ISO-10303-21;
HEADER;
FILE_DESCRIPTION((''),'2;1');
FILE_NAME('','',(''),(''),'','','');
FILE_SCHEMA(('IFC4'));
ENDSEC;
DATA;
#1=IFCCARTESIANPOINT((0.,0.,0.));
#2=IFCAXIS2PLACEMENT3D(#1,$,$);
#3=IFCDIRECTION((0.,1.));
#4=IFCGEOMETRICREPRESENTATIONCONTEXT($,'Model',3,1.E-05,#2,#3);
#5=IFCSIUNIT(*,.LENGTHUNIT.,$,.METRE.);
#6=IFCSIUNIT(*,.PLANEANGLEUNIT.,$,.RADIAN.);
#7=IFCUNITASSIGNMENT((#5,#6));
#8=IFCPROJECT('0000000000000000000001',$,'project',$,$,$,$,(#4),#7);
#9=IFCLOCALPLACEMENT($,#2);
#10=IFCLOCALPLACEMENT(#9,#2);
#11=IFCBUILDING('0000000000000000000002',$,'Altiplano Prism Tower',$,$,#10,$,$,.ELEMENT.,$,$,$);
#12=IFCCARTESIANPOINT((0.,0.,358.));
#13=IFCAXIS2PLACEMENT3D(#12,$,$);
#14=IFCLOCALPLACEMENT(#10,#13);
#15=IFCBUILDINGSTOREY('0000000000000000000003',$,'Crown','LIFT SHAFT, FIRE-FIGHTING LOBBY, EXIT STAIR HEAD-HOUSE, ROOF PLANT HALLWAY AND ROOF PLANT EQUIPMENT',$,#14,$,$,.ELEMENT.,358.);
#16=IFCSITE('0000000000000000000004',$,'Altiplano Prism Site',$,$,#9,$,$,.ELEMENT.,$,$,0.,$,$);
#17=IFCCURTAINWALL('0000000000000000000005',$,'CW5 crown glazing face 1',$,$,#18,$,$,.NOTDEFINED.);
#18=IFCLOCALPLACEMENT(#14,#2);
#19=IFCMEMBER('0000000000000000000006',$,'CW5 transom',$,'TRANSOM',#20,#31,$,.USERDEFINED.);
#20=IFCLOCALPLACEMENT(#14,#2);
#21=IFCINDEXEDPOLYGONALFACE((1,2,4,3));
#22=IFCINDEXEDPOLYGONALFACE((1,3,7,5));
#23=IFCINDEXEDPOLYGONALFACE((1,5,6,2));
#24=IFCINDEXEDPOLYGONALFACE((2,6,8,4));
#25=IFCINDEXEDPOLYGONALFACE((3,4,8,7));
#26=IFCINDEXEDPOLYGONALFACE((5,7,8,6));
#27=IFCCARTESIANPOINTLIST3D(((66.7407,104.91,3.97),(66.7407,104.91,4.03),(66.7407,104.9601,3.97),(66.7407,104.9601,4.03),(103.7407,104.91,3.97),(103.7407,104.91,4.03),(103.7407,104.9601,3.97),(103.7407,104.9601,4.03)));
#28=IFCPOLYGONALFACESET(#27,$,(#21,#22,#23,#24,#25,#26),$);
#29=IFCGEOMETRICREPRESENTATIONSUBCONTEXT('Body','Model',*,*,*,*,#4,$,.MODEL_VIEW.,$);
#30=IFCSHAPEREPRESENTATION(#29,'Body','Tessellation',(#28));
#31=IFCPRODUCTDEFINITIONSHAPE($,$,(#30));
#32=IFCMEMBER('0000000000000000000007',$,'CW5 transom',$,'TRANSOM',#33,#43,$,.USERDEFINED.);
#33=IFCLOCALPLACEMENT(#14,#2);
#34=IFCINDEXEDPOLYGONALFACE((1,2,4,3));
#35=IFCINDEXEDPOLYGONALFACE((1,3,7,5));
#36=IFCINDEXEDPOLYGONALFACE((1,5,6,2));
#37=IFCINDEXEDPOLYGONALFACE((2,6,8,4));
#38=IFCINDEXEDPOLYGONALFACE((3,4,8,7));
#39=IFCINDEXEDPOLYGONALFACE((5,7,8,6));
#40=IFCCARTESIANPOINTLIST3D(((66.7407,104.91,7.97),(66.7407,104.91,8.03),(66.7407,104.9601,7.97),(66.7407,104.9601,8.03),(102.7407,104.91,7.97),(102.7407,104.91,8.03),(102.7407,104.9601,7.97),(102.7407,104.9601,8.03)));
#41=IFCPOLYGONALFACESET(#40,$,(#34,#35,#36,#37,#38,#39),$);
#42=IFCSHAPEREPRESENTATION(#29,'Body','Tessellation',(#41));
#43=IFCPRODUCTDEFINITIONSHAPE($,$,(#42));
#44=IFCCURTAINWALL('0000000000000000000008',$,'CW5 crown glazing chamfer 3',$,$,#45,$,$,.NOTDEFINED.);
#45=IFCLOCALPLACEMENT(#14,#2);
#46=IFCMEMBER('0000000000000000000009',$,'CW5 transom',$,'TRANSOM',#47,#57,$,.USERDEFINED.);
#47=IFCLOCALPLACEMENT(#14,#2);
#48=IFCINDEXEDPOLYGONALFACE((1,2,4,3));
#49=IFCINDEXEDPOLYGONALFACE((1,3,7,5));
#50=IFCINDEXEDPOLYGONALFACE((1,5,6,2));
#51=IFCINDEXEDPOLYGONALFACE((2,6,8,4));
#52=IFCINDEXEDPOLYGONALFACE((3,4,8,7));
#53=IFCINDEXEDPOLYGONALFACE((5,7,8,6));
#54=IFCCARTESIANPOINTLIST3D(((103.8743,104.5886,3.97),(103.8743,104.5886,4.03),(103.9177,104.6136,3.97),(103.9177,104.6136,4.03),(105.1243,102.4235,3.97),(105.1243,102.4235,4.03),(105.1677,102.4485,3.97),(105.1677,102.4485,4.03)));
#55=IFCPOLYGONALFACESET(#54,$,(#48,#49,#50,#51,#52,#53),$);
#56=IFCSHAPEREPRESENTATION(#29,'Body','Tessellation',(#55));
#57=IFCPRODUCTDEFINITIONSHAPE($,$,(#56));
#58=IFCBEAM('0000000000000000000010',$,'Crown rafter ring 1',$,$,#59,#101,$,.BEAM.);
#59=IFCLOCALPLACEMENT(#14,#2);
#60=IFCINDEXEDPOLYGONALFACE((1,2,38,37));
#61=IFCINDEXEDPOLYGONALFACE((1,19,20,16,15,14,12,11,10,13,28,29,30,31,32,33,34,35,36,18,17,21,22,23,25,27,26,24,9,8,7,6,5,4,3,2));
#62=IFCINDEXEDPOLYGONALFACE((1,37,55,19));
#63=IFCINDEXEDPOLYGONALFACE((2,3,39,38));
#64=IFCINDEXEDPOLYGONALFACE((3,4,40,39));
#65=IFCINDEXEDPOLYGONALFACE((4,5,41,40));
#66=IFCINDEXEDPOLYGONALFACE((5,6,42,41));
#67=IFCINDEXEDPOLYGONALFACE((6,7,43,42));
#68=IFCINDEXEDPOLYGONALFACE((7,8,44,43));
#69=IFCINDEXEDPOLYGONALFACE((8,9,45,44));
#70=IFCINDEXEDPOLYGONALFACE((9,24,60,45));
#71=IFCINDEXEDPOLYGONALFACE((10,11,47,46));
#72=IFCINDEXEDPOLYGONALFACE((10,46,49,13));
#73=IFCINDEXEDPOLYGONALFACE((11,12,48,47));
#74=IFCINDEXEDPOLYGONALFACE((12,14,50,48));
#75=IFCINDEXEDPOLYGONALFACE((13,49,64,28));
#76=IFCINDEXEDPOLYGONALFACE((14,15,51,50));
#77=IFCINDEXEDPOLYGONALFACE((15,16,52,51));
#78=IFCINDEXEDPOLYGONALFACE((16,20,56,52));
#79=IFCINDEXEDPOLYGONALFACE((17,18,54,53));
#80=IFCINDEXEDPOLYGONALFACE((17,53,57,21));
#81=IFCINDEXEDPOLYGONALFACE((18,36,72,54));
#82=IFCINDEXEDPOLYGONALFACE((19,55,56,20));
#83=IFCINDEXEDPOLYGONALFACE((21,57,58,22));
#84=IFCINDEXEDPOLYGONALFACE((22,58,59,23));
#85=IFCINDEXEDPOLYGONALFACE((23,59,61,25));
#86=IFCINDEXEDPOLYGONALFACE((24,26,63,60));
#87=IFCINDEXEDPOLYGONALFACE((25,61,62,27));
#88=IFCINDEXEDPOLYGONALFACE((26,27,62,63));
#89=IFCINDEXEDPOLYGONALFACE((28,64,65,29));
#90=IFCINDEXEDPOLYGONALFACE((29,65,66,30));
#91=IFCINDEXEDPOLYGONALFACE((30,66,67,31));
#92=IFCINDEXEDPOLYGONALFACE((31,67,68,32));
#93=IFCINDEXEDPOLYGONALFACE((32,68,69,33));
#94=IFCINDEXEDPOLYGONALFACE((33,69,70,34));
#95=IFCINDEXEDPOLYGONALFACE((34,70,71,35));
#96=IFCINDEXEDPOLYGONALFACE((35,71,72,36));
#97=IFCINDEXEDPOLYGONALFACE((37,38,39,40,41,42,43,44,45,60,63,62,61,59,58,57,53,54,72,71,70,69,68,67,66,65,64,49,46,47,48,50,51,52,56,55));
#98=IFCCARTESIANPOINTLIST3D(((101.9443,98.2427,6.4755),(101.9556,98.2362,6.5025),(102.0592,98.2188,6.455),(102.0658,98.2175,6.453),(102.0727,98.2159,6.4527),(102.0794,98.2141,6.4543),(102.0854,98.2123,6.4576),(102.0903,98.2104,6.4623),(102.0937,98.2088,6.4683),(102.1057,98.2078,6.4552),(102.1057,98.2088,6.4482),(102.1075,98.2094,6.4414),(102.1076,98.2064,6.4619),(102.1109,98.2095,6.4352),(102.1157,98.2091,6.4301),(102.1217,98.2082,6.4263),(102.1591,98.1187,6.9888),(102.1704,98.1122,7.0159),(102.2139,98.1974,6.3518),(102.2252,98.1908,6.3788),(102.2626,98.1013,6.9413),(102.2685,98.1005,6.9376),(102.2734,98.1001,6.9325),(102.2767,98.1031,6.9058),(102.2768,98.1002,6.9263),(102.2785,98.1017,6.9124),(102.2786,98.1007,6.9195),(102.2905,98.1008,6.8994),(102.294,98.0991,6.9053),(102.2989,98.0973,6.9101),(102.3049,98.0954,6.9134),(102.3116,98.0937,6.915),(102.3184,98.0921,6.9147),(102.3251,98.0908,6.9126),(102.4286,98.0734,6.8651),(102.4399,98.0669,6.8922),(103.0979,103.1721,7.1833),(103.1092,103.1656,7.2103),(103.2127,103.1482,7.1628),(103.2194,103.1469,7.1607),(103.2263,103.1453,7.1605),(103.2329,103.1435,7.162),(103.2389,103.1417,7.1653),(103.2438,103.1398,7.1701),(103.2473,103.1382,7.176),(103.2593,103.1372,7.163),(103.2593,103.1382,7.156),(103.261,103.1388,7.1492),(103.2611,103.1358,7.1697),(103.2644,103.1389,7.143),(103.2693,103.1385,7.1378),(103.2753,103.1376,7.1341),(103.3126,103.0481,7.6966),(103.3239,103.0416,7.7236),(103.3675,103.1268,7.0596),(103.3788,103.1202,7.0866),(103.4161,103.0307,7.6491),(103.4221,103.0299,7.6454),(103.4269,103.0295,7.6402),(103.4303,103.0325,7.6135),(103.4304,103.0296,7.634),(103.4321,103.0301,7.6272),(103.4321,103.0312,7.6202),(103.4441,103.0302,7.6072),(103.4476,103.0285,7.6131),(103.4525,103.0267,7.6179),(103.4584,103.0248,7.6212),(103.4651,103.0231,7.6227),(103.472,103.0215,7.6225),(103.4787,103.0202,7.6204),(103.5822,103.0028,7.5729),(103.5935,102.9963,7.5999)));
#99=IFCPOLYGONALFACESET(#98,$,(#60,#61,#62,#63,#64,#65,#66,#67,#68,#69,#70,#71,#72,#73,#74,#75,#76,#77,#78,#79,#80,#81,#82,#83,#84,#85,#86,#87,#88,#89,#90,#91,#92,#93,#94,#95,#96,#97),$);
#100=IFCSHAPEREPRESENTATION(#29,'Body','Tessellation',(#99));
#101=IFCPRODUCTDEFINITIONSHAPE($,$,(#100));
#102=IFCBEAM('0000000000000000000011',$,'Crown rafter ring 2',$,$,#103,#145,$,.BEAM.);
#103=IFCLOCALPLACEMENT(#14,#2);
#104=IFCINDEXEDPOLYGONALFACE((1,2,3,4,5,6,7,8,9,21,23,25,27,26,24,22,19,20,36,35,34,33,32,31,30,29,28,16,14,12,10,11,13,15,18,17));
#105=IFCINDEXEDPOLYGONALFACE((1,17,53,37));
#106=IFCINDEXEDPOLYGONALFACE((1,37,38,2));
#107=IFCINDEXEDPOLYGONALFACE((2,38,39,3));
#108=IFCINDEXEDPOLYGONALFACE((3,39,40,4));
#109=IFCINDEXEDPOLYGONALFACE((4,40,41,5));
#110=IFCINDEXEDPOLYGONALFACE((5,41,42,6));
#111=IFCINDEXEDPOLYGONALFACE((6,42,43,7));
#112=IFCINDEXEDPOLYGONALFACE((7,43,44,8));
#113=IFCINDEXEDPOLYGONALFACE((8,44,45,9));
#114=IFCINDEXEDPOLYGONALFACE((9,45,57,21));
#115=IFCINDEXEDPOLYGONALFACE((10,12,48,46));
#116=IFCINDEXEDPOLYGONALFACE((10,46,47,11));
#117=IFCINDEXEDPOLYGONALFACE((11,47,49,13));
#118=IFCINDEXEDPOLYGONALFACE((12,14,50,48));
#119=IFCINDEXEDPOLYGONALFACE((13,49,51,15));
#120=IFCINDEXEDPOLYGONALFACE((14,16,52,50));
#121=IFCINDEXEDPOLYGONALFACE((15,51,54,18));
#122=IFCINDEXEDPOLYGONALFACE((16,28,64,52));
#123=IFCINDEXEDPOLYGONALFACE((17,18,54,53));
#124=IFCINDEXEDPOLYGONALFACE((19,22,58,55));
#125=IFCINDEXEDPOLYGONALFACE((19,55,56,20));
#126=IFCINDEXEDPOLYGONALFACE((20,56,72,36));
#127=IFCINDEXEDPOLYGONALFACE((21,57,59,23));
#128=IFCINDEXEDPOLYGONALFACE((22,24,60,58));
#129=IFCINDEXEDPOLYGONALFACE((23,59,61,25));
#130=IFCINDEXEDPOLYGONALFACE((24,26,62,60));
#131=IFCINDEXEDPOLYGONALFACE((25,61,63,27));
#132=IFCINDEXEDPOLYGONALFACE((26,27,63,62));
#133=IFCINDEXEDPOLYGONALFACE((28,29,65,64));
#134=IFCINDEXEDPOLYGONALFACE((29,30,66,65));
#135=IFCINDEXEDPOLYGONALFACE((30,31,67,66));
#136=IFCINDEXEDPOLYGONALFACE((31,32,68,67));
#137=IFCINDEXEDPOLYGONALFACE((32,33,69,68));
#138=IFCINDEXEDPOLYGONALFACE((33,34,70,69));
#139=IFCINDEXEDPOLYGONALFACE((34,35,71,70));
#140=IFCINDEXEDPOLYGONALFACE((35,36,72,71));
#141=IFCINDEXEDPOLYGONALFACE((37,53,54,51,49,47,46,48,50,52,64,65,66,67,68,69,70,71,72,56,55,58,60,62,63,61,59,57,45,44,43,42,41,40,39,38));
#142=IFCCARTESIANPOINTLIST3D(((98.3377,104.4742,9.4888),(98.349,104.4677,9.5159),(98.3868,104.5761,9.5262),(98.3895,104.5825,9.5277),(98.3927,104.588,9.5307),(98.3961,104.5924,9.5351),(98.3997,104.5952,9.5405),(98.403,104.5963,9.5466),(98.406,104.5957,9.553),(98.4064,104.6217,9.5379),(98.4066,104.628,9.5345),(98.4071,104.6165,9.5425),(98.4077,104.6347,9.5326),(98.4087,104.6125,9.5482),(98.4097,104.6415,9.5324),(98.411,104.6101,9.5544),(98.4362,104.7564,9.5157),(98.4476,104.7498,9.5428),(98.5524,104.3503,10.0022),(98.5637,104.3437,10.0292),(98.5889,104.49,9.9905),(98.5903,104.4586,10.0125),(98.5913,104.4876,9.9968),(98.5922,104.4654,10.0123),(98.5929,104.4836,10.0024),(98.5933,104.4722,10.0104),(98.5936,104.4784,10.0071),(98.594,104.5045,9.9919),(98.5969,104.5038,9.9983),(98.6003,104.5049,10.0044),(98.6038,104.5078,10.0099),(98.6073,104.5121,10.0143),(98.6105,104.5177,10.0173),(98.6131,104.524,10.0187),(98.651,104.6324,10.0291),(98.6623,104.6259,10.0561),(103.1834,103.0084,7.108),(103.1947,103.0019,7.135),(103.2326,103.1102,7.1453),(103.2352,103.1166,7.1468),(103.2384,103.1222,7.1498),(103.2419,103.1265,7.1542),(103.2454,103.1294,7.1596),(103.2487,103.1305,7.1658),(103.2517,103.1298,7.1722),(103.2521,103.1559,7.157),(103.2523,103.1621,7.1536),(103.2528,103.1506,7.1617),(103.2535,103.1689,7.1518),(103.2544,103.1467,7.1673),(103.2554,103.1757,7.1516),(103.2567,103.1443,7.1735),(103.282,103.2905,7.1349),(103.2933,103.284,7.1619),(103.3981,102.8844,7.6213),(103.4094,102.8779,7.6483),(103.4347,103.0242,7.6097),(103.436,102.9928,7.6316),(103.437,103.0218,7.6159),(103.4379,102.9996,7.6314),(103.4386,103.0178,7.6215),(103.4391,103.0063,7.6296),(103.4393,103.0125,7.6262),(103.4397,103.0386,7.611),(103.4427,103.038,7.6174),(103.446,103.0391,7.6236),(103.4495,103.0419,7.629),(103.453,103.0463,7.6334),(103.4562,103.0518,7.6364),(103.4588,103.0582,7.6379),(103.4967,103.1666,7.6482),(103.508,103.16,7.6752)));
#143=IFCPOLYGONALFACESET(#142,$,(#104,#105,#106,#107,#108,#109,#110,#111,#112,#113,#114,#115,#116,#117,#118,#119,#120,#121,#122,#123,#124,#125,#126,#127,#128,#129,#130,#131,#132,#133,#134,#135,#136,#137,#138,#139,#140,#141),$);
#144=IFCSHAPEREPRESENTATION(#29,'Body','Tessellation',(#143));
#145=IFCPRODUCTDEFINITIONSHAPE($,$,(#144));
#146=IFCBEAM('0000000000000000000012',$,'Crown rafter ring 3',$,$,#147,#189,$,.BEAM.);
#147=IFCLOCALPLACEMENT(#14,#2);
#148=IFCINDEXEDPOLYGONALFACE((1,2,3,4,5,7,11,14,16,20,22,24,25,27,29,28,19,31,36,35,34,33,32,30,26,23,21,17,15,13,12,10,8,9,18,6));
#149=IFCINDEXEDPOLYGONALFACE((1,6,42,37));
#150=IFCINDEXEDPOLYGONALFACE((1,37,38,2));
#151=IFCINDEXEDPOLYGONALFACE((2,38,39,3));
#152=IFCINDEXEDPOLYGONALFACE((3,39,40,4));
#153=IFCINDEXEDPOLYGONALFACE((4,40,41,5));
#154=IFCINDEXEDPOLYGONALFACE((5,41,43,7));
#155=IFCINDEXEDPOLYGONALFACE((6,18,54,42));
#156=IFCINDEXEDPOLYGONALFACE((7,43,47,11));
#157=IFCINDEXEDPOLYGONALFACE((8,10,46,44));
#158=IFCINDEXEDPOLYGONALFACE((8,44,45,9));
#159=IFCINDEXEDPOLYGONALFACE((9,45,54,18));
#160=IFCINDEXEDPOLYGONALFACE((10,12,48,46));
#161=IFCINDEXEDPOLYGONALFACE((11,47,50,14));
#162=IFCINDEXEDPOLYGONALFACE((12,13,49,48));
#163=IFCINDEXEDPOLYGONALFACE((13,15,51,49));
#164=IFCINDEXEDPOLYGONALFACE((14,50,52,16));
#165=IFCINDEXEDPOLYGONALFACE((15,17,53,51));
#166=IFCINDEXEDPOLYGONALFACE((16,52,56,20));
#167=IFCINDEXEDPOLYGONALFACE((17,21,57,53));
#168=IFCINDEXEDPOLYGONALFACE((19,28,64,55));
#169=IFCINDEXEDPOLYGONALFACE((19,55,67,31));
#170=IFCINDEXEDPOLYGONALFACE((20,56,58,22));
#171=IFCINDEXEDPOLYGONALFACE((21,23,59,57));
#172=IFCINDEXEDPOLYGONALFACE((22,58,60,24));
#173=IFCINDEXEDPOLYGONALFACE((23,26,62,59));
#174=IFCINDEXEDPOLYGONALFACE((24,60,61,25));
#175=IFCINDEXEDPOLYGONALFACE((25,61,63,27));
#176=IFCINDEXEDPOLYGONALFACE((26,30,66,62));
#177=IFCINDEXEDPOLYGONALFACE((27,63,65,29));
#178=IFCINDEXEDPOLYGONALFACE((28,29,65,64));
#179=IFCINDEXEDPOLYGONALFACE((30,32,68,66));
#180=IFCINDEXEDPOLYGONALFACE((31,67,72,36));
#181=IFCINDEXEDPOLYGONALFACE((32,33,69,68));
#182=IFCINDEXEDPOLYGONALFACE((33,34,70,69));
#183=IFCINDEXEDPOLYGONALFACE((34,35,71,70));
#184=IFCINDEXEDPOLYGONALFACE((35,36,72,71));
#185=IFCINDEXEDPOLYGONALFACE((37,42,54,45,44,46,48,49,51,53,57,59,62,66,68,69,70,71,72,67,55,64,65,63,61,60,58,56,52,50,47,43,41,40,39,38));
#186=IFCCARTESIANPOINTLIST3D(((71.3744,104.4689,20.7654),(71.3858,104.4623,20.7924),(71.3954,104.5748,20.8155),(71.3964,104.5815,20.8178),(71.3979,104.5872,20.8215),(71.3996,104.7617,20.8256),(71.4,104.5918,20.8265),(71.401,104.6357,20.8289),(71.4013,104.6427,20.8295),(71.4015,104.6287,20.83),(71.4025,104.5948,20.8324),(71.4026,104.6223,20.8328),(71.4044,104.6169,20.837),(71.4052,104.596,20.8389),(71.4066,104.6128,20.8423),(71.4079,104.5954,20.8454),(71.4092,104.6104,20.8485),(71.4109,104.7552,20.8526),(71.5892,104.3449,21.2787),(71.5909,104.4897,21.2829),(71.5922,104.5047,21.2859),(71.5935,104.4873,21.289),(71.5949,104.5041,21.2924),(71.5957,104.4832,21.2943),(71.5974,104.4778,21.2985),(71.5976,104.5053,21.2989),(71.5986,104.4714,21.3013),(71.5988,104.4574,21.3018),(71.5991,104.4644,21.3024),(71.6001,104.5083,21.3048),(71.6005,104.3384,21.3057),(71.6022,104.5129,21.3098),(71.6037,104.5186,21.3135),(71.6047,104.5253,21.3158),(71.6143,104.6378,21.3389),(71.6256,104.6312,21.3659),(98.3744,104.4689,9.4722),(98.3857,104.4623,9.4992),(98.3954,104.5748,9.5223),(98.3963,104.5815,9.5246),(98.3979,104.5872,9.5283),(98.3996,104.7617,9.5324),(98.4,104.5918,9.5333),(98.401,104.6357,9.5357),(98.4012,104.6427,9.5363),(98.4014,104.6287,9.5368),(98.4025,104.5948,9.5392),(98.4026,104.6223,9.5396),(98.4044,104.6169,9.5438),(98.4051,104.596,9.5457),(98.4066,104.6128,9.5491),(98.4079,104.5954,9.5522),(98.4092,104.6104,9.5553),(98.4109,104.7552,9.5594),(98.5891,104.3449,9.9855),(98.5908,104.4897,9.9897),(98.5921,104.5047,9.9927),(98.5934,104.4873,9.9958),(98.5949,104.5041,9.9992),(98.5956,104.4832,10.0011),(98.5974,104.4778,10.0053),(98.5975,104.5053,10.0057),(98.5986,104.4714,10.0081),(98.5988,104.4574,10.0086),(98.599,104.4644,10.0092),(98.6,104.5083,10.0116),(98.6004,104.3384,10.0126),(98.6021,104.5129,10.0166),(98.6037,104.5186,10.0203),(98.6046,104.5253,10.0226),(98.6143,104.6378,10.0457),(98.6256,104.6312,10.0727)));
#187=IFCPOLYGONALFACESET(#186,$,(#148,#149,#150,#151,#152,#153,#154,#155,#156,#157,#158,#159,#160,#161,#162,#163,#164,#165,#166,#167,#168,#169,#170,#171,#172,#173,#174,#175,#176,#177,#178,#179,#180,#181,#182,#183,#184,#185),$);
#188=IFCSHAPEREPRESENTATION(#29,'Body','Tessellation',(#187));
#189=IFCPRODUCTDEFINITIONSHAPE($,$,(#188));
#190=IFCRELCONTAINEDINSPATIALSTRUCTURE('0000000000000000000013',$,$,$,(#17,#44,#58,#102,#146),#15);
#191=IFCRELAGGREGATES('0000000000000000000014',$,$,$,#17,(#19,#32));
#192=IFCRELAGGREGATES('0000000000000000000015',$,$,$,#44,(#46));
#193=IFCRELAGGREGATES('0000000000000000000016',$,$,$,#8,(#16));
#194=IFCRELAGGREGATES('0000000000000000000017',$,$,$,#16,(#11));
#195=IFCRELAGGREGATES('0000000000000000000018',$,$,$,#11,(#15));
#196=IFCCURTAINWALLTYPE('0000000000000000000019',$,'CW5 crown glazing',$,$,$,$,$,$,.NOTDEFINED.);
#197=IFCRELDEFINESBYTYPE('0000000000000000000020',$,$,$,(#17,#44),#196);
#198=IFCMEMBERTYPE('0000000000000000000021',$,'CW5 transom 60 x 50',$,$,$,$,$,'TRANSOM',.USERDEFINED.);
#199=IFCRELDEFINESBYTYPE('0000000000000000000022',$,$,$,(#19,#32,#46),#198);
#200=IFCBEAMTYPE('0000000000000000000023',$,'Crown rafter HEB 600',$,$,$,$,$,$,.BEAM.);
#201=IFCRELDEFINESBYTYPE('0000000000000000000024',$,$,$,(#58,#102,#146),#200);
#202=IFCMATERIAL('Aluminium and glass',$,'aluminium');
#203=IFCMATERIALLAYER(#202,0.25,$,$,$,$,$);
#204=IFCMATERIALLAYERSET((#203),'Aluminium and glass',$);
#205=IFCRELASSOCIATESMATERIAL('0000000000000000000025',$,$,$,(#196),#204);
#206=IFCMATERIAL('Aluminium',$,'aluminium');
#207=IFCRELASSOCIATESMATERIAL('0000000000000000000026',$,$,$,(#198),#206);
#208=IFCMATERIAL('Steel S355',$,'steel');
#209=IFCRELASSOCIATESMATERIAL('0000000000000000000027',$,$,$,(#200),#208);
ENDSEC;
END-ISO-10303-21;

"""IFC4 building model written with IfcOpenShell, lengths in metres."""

from ifc_helpers import new_model, si_unit, direction, frame, origin, origin_2d, place, context, subcontext, project, spatial, rectangle, i_section, extrude, material, layer, layer_set, material_profile, profile_set, type_object, element, aggregate, save


model = new_model("IFC4")

# Units and contexts
model_context = context("Model", 3, precision=1e-05, world=origin(), true_north=direction((0.0, 1.0)))
body_context = subcontext(model_context, "Body", "Model", "MODEL_VIEW")
ifc_project = project(units=[si_unit("LENGTHUNIT", "METRE"), si_unit("PLANEANGLEUNIT", "RADIAN")], contexts=[model_context])

# Site, building, storey
site_placement = place(None, origin())
site = spatial("IfcSite", under=ifc_project, at=site_placement, Name="Altiplano Prism Site", CompositionType="ELEMENT", RefElevation=0.0)
building_placement = place(site_placement, origin())
building = spatial("IfcBuilding", under=site, at=building_placement, Name="Altiplano Prism Tower", CompositionType="ELEMENT")
storey_placement = place(building_placement, frame((0.0, 0.0, 358.0)))
storey = spatial("IfcBuildingStorey", under=building, at=storey_placement, Name="Crown", Description="LIFT SHAFT, FIRE-FIGHTING LOBBY, EXIT STAIR HEAD-HOUSE, ROOF PLANT HALLWAY AND ROOF PLANT EQUIPMENT", CompositionType="ELEMENT", Elevation=358.0)

# Curtain wall, members
ifc_material_1 = material(Name="Aluminium and glass", Category="aluminium")
ifc_layer_1 = layer(ifc_material_1, 0.25)
ifc_layer_set_1 = layer_set([ifc_layer_1], Name="Aluminium and glass")
curtain_wall_type = type_object("IfcCurtainWallType", Name="CW5 crown glazing", PredefinedType="NOTDEFINED", material=ifc_layer_set_1)
curtain_wall_1_placement = place(storey_placement, origin())
curtain_wall_1 = element("IfcCurtainWall", 1, at=curtain_wall_1_placement, inside=storey, type_object=curtain_wall_type, Name="CW5 crown glazing face 1", PredefinedType="NOTDEFINED")
ifc_material_2 = material(Name="Aluminium", Category="aluminium")
ifc_material_profile_1 = material_profile(ifc_material_2, rectangle(XDim=0.05, YDim=0.0601, at=origin_2d()), Name="CW5 transom 60 x 50")
ifc_profile_set_1 = profile_set([ifc_material_profile_1], Name="Aluminium")
member_type = type_object("IfcMemberType", Name="CW5 transom 60 x 50", ElementType="TRANSOM", PredefinedType="USERDEFINED", material=ifc_profile_set_1)
member_1_placement = place(storey_placement, frame((103.7407, 104.9351, 4.0), z_axis=(-1.0, 0.0, 0.0), x_axis=(0.0, -1.0, 0.0)))
member_1 = element("IfcMember", 2, at=member_1_placement, type_object=member_type, Name="CW5 transom", ObjectType="TRANSOM", PredefinedType="USERDEFINED", context=body_context, shape_type="SweptSolid", body=[
    extrude(rectangle(XDim=0.05, YDim=0.0601, at=origin_2d()), origin(), (0.0, 0.0, 1.0), 37.0),
])
member_2_placement = place(storey_placement, frame((102.7407, 104.9351, 8.0), z_axis=(-1.0, 0.0, 0.0), x_axis=(0.0, -1.0, 0.0)))
member_2 = element("IfcMember", 3, at=member_2_placement, type_object=member_type, Name="CW5 transom", ObjectType="TRANSOM", PredefinedType="USERDEFINED", context=body_context, shape_type="SweptSolid", body=[
    extrude(rectangle(XDim=0.05, YDim=0.0601, at=origin_2d()), origin(), (0.0, 0.0, 1.0), 36.0),
])

# Curtain wall, member
curtain_wall_2_placement = place(storey_placement, origin())
curtain_wall_2 = element("IfcCurtainWall", 4, at=curtain_wall_2_placement, inside=storey, type_object=curtain_wall_type, Name="CW5 crown glazing chamfer 3", PredefinedType="NOTDEFINED")
member_3_placement = place(storey_placement, frame((105.146, 102.436, 4.0), z_axis=(-0.500004, 0.866023, 0.0), x_axis=(-0.866023, -0.500004, 0.0)))
member_3 = element("IfcMember", 5, at=member_3_placement, type_object=member_type, Name="CW5 transom", ObjectType="TRANSOM", PredefinedType="USERDEFINED", context=body_context, shape_type="SweptSolid", body=[
    extrude(rectangle(XDim=0.05, YDim=0.0601, at=origin_2d()), origin(), (0.0, 0.0, 1.0), 2.5),
])

# Beams
ifc_material_3 = material(Name="Steel S355", Category="steel")
ifc_material_profile_2 = material_profile(ifc_material_3, i_section(OverallWidth=0.3, OverallDepth=0.6001, WebThickness=0.0154, FlangeThickness=0.03, FilletRadius=0.0271, at=origin_2d()), Name="Crown rafter HEB 600")
ifc_profile_set_2 = profile_set([ifc_material_profile_2], Name="Steel S355")
beam_type_1 = type_object("IfcBeamType", Name="Crown rafter HEB 600", PredefinedType="BEAM", material=ifc_profile_set_2)
beam_1_placement = place(storey_placement, frame((102.1921, 98.1548, 6.6838), z_axis=(0.225665, 0.964316, 0.138455), x_axis=(-0.898451, 0.151058, 0.412271)))
element("IfcBeam", 6, at=beam_1_placement, inside=storey, type_object=beam_type_1, Name="Crown rafter ring 1", PredefinedType="BEAM", context=body_context, shape_type="SweptSolid", body=[
    extrude(i_section(OverallWidth=0.3, OverallDepth=0.6001, WebThickness=0.0154, FlangeThickness=0.03, FilletRadius=0.0271, at=origin_2d()), origin(), (0.0, 0.0, 1.0), 5.1118),
])
beam_2_placement = place(storey_placement, frame((103.3457, 103.0842, 7.3916), z_axis=(-0.866161, 0.262013, 0.425575), x_axis=(-0.328483, -0.940243, -0.089674)))
element("IfcBeam", 7, at=beam_2_placement, inside=storey, type_object=beam_type_1, Name="Crown rafter ring 2", PredefinedType="BEAM", context=body_context, shape_type="SweptSolid", body=[
    extrude(i_section(OverallWidth=0.3, OverallDepth=0.6001, WebThickness=0.0154, FlangeThickness=0.03, FilletRadius=0.0271, at=origin_2d()), origin(), (0.0, 0.0, 1.0), 5.5945),
])
beam_3_placement = place(storey_placement, frame((98.5, 104.55, 9.7725), z_axis=(-0.922552, 0.0, 0.385873), x_axis=(-0.083909, -0.976071, -0.200612)))
element("IfcBeam", 8, at=beam_3_placement, inside=storey, type_object=beam_type_1, Name="Crown rafter ring 3", PredefinedType="BEAM", context=body_context, shape_type="SweptSolid", body=[
    extrude(i_section(OverallWidth=0.3, OverallDepth=0.6001, WebThickness=0.0154, FlangeThickness=0.03, FilletRadius=0.0271, at=origin_2d()), origin(), (0.0, 0.0, 1.0), 29.2666),
])

aggregate(curtain_wall_1, [member_1, member_2])

aggregate(curtain_wall_2, [member_3])

save(model, "model.ifc")
